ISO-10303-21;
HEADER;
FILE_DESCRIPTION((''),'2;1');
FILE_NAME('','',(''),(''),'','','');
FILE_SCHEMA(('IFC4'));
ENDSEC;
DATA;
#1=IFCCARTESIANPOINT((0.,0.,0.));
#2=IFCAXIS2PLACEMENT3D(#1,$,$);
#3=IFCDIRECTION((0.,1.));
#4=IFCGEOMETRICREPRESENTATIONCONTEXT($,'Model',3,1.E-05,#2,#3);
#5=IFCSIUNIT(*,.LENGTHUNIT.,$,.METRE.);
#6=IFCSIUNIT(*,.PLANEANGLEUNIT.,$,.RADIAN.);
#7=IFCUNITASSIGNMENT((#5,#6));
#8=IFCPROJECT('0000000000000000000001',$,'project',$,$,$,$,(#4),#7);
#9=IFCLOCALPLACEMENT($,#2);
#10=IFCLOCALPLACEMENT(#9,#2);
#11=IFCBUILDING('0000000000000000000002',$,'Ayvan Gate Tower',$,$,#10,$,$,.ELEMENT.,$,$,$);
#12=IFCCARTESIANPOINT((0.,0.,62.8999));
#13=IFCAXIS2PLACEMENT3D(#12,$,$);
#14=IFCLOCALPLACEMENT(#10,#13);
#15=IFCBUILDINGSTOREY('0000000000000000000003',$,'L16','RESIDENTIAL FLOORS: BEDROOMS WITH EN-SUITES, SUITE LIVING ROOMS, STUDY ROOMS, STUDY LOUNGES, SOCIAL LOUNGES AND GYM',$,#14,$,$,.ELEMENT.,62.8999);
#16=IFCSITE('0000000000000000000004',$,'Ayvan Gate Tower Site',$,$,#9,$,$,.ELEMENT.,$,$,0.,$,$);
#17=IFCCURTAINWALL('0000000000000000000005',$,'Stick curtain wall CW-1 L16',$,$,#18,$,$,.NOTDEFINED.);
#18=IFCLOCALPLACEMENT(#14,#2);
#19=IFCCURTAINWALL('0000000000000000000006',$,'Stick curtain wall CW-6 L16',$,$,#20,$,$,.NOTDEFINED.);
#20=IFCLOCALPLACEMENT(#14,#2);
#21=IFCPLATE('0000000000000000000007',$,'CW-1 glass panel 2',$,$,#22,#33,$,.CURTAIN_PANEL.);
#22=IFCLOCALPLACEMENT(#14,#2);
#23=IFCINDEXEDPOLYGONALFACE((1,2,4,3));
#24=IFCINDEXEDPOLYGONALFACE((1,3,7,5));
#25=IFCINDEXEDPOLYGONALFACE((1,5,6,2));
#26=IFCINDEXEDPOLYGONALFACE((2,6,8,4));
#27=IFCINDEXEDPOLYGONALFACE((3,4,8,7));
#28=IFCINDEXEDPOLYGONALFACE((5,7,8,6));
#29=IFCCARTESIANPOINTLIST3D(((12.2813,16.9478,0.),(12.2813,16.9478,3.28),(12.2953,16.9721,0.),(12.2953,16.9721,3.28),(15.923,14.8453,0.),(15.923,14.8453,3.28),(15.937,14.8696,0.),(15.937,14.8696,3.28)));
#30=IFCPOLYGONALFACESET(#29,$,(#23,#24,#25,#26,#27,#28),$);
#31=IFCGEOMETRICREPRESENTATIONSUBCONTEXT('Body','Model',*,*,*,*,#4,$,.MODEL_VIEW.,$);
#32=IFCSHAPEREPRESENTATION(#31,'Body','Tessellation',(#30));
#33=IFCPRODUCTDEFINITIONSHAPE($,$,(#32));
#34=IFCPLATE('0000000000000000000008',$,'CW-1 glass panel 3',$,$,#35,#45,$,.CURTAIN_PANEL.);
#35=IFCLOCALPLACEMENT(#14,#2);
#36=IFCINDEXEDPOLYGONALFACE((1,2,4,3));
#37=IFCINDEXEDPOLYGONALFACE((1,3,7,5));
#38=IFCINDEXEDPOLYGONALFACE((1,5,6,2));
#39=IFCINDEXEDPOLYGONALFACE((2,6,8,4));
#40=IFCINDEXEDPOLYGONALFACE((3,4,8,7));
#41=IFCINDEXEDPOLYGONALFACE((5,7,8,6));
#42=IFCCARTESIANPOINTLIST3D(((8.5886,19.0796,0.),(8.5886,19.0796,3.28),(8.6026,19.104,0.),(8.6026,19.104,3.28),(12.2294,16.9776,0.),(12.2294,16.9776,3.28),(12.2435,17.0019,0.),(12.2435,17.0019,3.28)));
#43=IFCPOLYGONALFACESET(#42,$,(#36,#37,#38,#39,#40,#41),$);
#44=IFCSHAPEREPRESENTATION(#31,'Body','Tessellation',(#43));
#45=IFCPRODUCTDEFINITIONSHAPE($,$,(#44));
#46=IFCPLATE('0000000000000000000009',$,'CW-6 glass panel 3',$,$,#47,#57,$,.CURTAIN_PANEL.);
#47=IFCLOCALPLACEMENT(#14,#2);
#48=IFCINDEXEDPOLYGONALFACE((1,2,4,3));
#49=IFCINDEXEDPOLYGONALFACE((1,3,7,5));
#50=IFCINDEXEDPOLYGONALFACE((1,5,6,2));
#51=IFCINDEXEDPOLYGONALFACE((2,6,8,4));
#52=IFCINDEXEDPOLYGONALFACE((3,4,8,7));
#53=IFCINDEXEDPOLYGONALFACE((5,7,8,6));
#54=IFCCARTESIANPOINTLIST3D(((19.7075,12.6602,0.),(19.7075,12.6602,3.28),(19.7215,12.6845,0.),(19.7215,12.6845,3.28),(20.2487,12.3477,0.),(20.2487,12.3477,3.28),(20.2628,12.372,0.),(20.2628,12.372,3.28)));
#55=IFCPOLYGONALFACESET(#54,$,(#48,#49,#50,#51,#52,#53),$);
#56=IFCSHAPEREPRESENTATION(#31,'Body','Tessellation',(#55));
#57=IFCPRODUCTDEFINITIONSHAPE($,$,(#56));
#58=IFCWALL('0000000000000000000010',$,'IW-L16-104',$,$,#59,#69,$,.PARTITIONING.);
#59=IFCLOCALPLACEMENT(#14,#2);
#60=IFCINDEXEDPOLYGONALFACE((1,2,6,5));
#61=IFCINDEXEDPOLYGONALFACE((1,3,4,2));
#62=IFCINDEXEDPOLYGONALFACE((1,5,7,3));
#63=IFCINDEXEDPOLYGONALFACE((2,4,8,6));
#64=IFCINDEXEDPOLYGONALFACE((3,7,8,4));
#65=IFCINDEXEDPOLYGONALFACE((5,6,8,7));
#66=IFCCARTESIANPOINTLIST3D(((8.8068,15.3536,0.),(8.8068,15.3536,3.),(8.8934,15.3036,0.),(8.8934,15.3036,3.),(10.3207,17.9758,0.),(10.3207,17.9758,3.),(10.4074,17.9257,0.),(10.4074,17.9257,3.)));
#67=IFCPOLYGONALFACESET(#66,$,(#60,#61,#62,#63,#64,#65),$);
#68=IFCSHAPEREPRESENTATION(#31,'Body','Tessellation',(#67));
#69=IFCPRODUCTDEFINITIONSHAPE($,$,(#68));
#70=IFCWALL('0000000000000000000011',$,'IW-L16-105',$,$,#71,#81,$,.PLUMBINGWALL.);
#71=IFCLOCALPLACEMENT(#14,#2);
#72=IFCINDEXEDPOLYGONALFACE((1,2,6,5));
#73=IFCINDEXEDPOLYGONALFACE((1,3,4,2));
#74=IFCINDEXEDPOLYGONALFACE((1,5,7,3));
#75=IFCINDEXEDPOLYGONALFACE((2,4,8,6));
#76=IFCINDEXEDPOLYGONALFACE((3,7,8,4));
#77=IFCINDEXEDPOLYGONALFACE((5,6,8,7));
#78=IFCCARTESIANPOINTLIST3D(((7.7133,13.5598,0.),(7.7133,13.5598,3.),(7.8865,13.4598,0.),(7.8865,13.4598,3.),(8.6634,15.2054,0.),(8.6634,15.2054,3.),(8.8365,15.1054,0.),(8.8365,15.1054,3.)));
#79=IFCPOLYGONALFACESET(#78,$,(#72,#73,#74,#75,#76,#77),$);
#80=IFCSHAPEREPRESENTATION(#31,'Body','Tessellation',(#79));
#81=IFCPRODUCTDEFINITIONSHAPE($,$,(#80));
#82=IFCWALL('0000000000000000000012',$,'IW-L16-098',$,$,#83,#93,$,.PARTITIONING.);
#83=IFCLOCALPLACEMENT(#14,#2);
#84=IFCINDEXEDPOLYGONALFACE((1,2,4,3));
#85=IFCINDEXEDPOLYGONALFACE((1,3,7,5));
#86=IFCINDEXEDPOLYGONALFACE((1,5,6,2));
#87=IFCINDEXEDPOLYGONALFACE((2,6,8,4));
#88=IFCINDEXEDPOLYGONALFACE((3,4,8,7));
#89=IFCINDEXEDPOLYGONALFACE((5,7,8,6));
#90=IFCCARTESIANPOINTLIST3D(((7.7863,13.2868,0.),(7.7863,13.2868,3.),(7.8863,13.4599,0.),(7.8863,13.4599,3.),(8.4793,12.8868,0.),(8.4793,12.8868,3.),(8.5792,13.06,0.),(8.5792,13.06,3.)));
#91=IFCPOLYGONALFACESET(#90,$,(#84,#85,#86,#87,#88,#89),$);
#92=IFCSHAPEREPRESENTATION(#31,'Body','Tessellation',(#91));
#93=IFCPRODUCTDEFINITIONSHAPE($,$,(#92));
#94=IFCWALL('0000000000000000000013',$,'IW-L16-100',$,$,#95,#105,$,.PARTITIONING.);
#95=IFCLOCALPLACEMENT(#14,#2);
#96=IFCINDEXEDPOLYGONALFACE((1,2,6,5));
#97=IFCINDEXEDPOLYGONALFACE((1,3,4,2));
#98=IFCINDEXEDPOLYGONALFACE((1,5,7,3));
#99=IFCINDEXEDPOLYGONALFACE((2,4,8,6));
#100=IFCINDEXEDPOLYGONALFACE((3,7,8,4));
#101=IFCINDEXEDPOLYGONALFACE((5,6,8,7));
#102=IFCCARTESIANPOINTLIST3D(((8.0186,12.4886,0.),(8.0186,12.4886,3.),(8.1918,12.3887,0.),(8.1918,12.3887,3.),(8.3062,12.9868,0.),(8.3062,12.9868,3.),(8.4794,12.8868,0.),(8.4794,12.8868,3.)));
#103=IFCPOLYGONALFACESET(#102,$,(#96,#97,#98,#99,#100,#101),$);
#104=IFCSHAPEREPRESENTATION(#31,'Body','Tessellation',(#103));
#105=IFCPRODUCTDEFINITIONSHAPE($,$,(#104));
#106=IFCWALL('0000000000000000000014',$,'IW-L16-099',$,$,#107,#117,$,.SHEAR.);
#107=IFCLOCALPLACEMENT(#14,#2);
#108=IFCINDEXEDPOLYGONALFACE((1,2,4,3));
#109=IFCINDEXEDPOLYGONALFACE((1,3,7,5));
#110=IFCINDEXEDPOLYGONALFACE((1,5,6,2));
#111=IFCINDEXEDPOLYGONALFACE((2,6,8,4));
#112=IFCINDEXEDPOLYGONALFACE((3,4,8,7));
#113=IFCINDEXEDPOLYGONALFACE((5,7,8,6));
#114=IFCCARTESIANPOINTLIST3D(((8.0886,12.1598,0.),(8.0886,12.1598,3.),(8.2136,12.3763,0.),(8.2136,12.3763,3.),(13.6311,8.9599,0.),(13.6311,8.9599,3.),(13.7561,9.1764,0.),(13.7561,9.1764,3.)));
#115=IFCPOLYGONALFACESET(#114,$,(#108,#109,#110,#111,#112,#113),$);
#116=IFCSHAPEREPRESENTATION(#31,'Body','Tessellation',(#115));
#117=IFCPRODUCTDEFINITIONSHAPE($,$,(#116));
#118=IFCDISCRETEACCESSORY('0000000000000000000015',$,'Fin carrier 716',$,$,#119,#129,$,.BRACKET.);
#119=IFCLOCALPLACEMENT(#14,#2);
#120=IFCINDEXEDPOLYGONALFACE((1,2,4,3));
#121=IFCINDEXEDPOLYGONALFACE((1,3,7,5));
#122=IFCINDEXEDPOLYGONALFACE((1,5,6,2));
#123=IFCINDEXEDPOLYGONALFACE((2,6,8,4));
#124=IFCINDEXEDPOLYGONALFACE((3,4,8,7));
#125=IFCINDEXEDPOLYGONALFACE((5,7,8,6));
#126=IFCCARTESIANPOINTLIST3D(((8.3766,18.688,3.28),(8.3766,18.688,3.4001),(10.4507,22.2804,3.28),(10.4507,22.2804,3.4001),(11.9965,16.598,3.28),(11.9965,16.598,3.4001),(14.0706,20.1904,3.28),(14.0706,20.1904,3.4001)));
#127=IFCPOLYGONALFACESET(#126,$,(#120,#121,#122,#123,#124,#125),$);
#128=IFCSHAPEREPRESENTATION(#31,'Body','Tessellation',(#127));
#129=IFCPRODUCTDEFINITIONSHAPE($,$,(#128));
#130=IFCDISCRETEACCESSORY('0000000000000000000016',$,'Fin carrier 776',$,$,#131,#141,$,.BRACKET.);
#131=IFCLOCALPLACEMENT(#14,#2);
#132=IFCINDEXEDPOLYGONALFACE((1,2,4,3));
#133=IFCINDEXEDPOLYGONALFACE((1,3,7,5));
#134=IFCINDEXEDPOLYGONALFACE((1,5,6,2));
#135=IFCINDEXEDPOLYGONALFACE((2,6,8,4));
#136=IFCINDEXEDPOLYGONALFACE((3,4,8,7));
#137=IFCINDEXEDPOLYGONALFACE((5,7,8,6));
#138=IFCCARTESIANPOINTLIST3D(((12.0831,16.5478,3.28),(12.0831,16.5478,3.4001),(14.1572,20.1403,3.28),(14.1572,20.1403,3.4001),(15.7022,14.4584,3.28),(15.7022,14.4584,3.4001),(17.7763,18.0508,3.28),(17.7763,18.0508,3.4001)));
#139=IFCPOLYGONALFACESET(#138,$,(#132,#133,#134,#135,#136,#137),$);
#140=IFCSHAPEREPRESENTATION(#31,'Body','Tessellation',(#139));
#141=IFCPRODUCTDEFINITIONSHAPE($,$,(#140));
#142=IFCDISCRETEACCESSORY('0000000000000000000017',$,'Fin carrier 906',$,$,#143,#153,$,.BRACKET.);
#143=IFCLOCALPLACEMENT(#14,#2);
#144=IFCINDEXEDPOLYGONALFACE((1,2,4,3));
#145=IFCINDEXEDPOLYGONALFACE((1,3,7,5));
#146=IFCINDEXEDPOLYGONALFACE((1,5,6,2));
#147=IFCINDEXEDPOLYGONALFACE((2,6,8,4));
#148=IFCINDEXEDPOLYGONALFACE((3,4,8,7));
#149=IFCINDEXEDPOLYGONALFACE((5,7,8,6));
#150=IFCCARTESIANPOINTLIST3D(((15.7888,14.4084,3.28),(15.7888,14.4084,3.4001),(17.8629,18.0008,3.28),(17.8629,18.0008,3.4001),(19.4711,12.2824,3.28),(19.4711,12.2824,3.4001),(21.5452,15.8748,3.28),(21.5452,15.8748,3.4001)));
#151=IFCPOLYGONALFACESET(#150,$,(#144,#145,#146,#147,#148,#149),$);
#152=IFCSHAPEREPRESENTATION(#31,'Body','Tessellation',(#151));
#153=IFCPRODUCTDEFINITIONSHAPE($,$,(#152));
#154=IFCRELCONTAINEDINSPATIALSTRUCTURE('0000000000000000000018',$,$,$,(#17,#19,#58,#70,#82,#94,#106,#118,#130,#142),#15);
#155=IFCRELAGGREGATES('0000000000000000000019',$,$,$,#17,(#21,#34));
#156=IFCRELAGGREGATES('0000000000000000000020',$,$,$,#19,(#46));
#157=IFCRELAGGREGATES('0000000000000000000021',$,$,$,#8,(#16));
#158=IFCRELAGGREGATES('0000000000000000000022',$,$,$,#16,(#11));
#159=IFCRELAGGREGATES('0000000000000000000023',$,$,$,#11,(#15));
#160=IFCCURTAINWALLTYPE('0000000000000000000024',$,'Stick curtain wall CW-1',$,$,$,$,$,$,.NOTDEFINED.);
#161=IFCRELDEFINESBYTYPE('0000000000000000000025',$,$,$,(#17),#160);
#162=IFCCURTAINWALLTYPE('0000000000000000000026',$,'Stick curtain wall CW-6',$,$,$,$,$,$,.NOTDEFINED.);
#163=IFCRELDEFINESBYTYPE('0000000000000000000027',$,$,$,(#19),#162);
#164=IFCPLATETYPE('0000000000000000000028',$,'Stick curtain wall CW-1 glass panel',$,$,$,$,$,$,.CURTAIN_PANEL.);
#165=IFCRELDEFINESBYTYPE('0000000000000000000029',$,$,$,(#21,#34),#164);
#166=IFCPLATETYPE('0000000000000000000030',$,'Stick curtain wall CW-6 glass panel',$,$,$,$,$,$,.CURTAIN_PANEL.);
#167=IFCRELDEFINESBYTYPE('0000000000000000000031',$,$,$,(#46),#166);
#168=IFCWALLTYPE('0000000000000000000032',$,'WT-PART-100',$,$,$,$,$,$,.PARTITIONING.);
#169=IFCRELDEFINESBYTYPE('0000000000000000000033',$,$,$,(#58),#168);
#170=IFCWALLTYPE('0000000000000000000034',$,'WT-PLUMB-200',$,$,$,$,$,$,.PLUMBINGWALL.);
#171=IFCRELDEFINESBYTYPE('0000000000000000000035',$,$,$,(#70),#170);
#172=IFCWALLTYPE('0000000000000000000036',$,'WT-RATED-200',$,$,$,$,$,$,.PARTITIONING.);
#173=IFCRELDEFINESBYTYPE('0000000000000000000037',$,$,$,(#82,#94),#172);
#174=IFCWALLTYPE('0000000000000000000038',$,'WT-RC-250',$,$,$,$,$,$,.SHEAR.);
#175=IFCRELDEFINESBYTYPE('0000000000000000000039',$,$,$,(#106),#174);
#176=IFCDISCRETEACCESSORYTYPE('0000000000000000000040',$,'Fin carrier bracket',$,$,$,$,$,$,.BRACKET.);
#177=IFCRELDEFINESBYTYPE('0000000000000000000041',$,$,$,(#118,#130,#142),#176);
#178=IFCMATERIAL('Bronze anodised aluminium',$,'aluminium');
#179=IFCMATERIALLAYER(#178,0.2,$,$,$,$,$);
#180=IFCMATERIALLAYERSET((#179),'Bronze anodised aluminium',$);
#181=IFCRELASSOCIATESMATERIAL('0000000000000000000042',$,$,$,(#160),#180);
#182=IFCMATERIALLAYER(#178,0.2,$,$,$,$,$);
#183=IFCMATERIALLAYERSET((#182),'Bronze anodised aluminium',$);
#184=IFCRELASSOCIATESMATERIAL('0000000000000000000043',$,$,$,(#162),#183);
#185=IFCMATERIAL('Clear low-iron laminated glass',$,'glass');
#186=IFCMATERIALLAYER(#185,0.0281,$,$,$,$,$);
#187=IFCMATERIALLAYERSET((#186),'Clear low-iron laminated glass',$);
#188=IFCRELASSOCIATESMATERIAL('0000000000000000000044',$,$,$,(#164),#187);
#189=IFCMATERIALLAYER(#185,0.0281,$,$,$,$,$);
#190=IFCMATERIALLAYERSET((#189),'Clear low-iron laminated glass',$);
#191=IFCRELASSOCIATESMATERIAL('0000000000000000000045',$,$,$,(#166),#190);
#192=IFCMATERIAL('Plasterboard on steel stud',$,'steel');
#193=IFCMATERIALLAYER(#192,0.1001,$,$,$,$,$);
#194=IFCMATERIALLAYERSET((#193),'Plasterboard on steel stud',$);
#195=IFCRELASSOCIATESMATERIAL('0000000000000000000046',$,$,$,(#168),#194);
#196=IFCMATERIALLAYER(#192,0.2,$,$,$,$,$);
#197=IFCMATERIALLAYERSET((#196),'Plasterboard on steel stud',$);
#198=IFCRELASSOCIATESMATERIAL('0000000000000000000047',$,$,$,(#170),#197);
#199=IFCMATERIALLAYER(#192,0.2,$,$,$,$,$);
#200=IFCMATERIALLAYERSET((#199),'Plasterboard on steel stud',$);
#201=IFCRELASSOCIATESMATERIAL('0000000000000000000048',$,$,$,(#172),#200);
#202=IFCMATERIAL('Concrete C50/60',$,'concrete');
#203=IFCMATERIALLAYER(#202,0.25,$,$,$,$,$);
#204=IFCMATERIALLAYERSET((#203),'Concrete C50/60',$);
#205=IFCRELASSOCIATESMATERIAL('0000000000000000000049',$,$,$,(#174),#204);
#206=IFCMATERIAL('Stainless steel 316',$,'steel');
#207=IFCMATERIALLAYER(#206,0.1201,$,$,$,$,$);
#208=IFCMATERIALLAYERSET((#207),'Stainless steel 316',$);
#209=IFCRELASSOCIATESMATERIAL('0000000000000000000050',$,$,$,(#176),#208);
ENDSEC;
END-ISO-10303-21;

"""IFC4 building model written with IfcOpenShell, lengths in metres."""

from ifc_helpers import new_model, si_unit, direction, frame, frame_2d, origin, origin_2d, place, context, subcontext, project, spatial, rectangle, extrude, material, layer, layer_set, type_object, element, aggregate, save


model = new_model("IFC4")

# Units and contexts
model_context = context("Model", 3, precision=1e-05, world=origin(), true_north=direction((0.0, 1.0)))
body_context = subcontext(model_context, "Body", "Model", "MODEL_VIEW")
ifc_project = project(units=[si_unit("LENGTHUNIT", "METRE"), si_unit("PLANEANGLEUNIT", "RADIAN")], contexts=[model_context])

# Site, building, storey
site_placement = place(None, origin())
site = spatial("IfcSite", under=ifc_project, at=site_placement, Name="Ayvan Gate Tower Site", CompositionType="ELEMENT", RefElevation=0.0)
building_placement = place(site_placement, origin())
building = spatial("IfcBuilding", under=site, at=building_placement, Name="Ayvan Gate Tower", CompositionType="ELEMENT")
storey_placement = place(building_placement, frame((0.0, 0.0, 62.8999)))
storey = spatial("IfcBuildingStorey", under=building, at=storey_placement, Name="L16", Description="RESIDENTIAL FLOORS: BEDROOMS WITH EN-SUITES, SUITE LIVING ROOMS, STUDY ROOMS, STUDY LOUNGES, SOCIAL LOUNGES AND GYM", CompositionType="ELEMENT", Elevation=62.8999)

# Curtain walls
ifc_material_1 = material(Name="Bronze anodised aluminium", Category="aluminium")
ifc_layer_1 = layer(ifc_material_1, 0.2)
ifc_layer_set_1 = layer_set([ifc_layer_1], Name="Bronze anodised aluminium")
curtain_wall_type_1 = type_object("IfcCurtainWallType", Name="Stick curtain wall CW-1", PredefinedType="NOTDEFINED", material=ifc_layer_set_1)
curtain_wall_1_placement = place(storey_placement, origin())
curtain_wall_1 = element("IfcCurtainWall", 1, at=curtain_wall_1_placement, inside=storey, type_object=curtain_wall_type_1, Name="Stick curtain wall CW-1 L16", PredefinedType="NOTDEFINED")
ifc_layer_2 = layer(ifc_material_1, 0.2)
ifc_layer_set_2 = layer_set([ifc_layer_2], Name="Bronze anodised aluminium")
curtain_wall_type_2 = type_object("IfcCurtainWallType", Name="Stick curtain wall CW-6", PredefinedType="NOTDEFINED", material=ifc_layer_set_2)
curtain_wall_2_placement = place(storey_placement, origin())
curtain_wall_2 = element("IfcCurtainWall", 2, at=curtain_wall_2_placement, inside=storey, type_object=curtain_wall_type_2, Name="Stick curtain wall CW-6 L16", PredefinedType="NOTDEFINED")

# Plates
ifc_material_2 = material(Name="Clear low-iron laminated glass", Category="glass")
ifc_layer_3 = layer(ifc_material_2, 0.0281)
ifc_layer_set_3 = layer_set([ifc_layer_3], Name="Clear low-iron laminated glass")
plate_type_1 = type_object("IfcPlateType", Name="Stick curtain wall CW-1 glass panel", PredefinedType="CURTAIN_PANEL", material=ifc_layer_set_3)
plate_1_placement = place(storey_placement, frame((14.1091, 15.9087, 0.0), z_axis=(0.0, 0.0, 1.0), x_axis=(-0.866025, 0.5, 0.0)))
plate_1 = element("IfcPlate", 3, at=plate_1_placement, type_object=plate_type_1, Name="CW-1 glass panel 2", PredefinedType="CURTAIN_PANEL", context=body_context, shape_type="SweptSolid", body=[
    extrude(rectangle(XDim=4.2051, YDim=0.0281, at=origin_2d()), origin(), (0.0, 0.0, 1.0), 3.28),
])
plate_2_placement = place(storey_placement, frame((10.416, 18.0408, 0.0), z_axis=(0.0, 0.0, 1.0), x_axis=(-0.866025, 0.5, 0.0)))
plate_2 = element("IfcPlate", 4, at=plate_2_placement, type_object=plate_type_1, Name="CW-1 glass panel 3", PredefinedType="CURTAIN_PANEL", context=body_context, shape_type="SweptSolid", body=[
    extrude(rectangle(XDim=4.2041, YDim=0.0281, at=origin_2d()), origin(), (0.0, 0.0, 1.0), 3.28),
])
aggregate(curtain_wall_1, [plate_1, plate_2])
ifc_layer_4 = layer(ifc_material_2, 0.0281)
ifc_layer_set_4 = layer_set([ifc_layer_4], Name="Clear low-iron laminated glass")
plate_type_2 = type_object("IfcPlateType", Name="Stick curtain wall CW-6 glass panel", PredefinedType="CURTAIN_PANEL", material=ifc_layer_set_4)
plate_3_placement = place(storey_placement, frame((19.9851, 12.5161, 0.0), z_axis=(0.0, 0.0, 1.0), x_axis=(-0.866025, 0.5, 0.0)))
plate_3 = element("IfcPlate", 5, at=plate_3_placement, type_object=plate_type_2, Name="CW-6 glass panel 3", PredefinedType="CURTAIN_PANEL", context=body_context, shape_type="SweptSolid", body=[
    extrude(rectangle(XDim=0.625, YDim=0.0281, at=origin_2d()), origin(), (0.0, 0.0, 1.0), 3.28),
])
aggregate(curtain_wall_2, [plate_3])

# Walls
ifc_material_3 = material(Name="Plasterboard on steel stud", Category="steel")
ifc_layer_5 = layer(ifc_material_3, 0.1001)
ifc_layer_set_5 = layer_set([ifc_layer_5], Name="Plasterboard on steel stud")
wall_type_1 = type_object("IfcWallType", Name="WT-PART-100", PredefinedType="PARTITIONING", material=ifc_layer_set_5)
wall_1_placement = place(storey_placement, frame((8.8501, 15.3286, 0.0), z_axis=(0.0, 0.0, 1.0), x_axis=(0.500016, 0.866016, 0.0)))
element("IfcWall", 6, at=wall_1_placement, inside=storey, type_object=wall_type_1, Name="IW-L16-104", PredefinedType="PARTITIONING", context=body_context, shape_type="SweptSolid", body=[
    extrude(rectangle(XDim=3.0278, YDim=0.1001, at=frame_2d((1.5139, 0.0))), origin(), (0.0, 0.0, 1.0), 3.0),
])
ifc_layer_6 = layer(ifc_material_3, 0.2)
ifc_layer_set_6 = layer_set([ifc_layer_6], Name="Plasterboard on steel stud")
wall_type_2 = type_object("IfcWallType", Name="WT-PLUMB-200", PredefinedType="PLUMBINGWALL", material=ifc_layer_set_6)
wall_2_placement = place(storey_placement, frame((8.75, 15.1555, 0.0), z_axis=(0.0, 0.0, 1.0), x_axis=(-0.499967, -0.866044, 0.0)))
element("IfcWall", 7, at=wall_2_placement, inside=storey, type_object=wall_type_2, Name="IW-L16-105", PredefinedType="PLUMBINGWALL", context=body_context, shape_type="SweptSolid", body=[
    extrude(rectangle(XDim=1.9001, YDim=0.2, at=frame_2d((0.9502, 0.0))), origin(), (0.0, 0.0, 1.0), 3.0),
])
ifc_layer_7 = layer(ifc_material_3, 0.2)
ifc_layer_set_7 = layer_set([ifc_layer_7], Name="Plasterboard on steel stud")
wall_type_3 = type_object("IfcWallType", Name="WT-RATED-200", PredefinedType="PARTITIONING", material=ifc_layer_set_7)
wall_3_placement = place(storey_placement, frame((7.8364, 13.3733, 0.0), z_axis=(0.0, 0.0, 1.0), x_axis=(0.866094, -0.499881, 0.0)))
element("IfcWall", 8, at=wall_3_placement, inside=storey, type_object=wall_type_3, Name="IW-L16-098", PredefinedType="PARTITIONING", context=body_context, shape_type="SweptSolid", body=[
    extrude(rectangle(XDim=0.8, YDim=0.2, at=frame_2d((0.3999, 0.0))), origin(), (0.0, 0.0, 1.0), 3.0),
])
wall_4_placement = place(storey_placement, frame((8.3928, 12.9368, 0.0), z_axis=(0.0, 0.0, 1.0), x_axis=(-0.500065, -0.865988, 0.0)))
element("IfcWall", 9, at=wall_4_placement, inside=storey, type_object=wall_type_3, Name="IW-L16-100", PredefinedType="PARTITIONING", context=body_context, shape_type="SweptSolid", body=[
    extrude(rectangle(XDim=0.5752, YDim=0.2, at=frame_2d((0.2876, 0.0))), origin(), (0.0, 0.0, 1.0), 3.0),
])
ifc_material_4 = material(Name="Concrete C50/60", Category="concrete")
ifc_layer_8 = layer(ifc_material_4, 0.25)
ifc_layer_set_8 = layer_set([ifc_layer_8], Name="Concrete C50/60")
wall_type_4 = type_object("IfcWallType", Name="WT-RC-250", PredefinedType="SHEAR", material=ifc_layer_set_8)
wall_5_placement = place(storey_placement, frame((8.1511, 12.2681, 0.0), z_axis=(0.0, 0.0, 1.0), x_axis=(0.866025, -0.5, 0.0)))
element("IfcWall", 10, at=wall_5_placement, inside=storey, type_object=wall_type_4, Name="IW-L16-099", PredefinedType="SHEAR", context=body_context, shape_type="SweptSolid", body=[
    extrude(rectangle(XDim=6.3999, YDim=0.25, at=frame_2d((3.2, 0.0))), origin(), (0.0, 0.0, 1.0), 3.0),
])

# Discrete accessories
ifc_material_5 = material(Name="Stainless steel 316", Category="steel")
ifc_layer_9 = layer(ifc_material_5, 0.1201)
ifc_layer_set_9 = layer_set([ifc_layer_9], Name="Stainless steel 316")
discrete_accessory_type = type_object("IfcDiscreteAccessoryType", Name="Fin carrier bracket", PredefinedType="BRACKET", material=ifc_layer_set_9)
discrete_accessory_1_placement = place(storey_placement, frame((11.2236, 19.4392, 3.28), z_axis=(0.0, 0.0, 1.0), x_axis=(-0.866025, 0.5, 0.0)))
element("IfcDiscreteAccessory", 11, at=discrete_accessory_1_placement, inside=storey, type_object=discrete_accessory_type, Name="Fin carrier 716", PredefinedType="BRACKET", context=body_context, shape_type="SweptSolid", body=[
    extrude(rectangle(XDim=4.1799, YDim=4.1482, at=origin_2d()), origin(), (0.0, 0.0, 1.0), 0.1201),
])
discrete_accessory_2_placement = place(storey_placement, frame((14.9297, 17.2993, 3.28), z_axis=(0.0, 0.0, 1.0), x_axis=(-0.866025, 0.5, 0.0)))
element("IfcDiscreteAccessory", 12, at=discrete_accessory_2_placement, inside=storey, type_object=discrete_accessory_type, Name="Fin carrier 776", PredefinedType="BRACKET", context=body_context, shape_type="SweptSolid", body=[
    extrude(rectangle(XDim=4.179, YDim=4.1482, at=origin_2d()), origin(), (0.0, 0.0, 1.0), 0.1201),
])
discrete_accessory_3_placement = place(storey_placement, frame((18.667, 15.1416, 3.28), z_axis=(0.0, 0.0, 1.0), x_axis=(-0.866025, 0.5, 0.0)))
element("IfcDiscreteAccessory", 13, at=discrete_accessory_3_placement, inside=storey, type_object=discrete_accessory_type, Name="Fin carrier 906", PredefinedType="BRACKET", context=body_context, shape_type="SweptSolid", body=[
    extrude(rectangle(XDim=4.252, YDim=4.1482, at=origin_2d()), origin(), (0.0, 0.0, 1.0), 0.1201),
])

save(model, "model.ifc")
